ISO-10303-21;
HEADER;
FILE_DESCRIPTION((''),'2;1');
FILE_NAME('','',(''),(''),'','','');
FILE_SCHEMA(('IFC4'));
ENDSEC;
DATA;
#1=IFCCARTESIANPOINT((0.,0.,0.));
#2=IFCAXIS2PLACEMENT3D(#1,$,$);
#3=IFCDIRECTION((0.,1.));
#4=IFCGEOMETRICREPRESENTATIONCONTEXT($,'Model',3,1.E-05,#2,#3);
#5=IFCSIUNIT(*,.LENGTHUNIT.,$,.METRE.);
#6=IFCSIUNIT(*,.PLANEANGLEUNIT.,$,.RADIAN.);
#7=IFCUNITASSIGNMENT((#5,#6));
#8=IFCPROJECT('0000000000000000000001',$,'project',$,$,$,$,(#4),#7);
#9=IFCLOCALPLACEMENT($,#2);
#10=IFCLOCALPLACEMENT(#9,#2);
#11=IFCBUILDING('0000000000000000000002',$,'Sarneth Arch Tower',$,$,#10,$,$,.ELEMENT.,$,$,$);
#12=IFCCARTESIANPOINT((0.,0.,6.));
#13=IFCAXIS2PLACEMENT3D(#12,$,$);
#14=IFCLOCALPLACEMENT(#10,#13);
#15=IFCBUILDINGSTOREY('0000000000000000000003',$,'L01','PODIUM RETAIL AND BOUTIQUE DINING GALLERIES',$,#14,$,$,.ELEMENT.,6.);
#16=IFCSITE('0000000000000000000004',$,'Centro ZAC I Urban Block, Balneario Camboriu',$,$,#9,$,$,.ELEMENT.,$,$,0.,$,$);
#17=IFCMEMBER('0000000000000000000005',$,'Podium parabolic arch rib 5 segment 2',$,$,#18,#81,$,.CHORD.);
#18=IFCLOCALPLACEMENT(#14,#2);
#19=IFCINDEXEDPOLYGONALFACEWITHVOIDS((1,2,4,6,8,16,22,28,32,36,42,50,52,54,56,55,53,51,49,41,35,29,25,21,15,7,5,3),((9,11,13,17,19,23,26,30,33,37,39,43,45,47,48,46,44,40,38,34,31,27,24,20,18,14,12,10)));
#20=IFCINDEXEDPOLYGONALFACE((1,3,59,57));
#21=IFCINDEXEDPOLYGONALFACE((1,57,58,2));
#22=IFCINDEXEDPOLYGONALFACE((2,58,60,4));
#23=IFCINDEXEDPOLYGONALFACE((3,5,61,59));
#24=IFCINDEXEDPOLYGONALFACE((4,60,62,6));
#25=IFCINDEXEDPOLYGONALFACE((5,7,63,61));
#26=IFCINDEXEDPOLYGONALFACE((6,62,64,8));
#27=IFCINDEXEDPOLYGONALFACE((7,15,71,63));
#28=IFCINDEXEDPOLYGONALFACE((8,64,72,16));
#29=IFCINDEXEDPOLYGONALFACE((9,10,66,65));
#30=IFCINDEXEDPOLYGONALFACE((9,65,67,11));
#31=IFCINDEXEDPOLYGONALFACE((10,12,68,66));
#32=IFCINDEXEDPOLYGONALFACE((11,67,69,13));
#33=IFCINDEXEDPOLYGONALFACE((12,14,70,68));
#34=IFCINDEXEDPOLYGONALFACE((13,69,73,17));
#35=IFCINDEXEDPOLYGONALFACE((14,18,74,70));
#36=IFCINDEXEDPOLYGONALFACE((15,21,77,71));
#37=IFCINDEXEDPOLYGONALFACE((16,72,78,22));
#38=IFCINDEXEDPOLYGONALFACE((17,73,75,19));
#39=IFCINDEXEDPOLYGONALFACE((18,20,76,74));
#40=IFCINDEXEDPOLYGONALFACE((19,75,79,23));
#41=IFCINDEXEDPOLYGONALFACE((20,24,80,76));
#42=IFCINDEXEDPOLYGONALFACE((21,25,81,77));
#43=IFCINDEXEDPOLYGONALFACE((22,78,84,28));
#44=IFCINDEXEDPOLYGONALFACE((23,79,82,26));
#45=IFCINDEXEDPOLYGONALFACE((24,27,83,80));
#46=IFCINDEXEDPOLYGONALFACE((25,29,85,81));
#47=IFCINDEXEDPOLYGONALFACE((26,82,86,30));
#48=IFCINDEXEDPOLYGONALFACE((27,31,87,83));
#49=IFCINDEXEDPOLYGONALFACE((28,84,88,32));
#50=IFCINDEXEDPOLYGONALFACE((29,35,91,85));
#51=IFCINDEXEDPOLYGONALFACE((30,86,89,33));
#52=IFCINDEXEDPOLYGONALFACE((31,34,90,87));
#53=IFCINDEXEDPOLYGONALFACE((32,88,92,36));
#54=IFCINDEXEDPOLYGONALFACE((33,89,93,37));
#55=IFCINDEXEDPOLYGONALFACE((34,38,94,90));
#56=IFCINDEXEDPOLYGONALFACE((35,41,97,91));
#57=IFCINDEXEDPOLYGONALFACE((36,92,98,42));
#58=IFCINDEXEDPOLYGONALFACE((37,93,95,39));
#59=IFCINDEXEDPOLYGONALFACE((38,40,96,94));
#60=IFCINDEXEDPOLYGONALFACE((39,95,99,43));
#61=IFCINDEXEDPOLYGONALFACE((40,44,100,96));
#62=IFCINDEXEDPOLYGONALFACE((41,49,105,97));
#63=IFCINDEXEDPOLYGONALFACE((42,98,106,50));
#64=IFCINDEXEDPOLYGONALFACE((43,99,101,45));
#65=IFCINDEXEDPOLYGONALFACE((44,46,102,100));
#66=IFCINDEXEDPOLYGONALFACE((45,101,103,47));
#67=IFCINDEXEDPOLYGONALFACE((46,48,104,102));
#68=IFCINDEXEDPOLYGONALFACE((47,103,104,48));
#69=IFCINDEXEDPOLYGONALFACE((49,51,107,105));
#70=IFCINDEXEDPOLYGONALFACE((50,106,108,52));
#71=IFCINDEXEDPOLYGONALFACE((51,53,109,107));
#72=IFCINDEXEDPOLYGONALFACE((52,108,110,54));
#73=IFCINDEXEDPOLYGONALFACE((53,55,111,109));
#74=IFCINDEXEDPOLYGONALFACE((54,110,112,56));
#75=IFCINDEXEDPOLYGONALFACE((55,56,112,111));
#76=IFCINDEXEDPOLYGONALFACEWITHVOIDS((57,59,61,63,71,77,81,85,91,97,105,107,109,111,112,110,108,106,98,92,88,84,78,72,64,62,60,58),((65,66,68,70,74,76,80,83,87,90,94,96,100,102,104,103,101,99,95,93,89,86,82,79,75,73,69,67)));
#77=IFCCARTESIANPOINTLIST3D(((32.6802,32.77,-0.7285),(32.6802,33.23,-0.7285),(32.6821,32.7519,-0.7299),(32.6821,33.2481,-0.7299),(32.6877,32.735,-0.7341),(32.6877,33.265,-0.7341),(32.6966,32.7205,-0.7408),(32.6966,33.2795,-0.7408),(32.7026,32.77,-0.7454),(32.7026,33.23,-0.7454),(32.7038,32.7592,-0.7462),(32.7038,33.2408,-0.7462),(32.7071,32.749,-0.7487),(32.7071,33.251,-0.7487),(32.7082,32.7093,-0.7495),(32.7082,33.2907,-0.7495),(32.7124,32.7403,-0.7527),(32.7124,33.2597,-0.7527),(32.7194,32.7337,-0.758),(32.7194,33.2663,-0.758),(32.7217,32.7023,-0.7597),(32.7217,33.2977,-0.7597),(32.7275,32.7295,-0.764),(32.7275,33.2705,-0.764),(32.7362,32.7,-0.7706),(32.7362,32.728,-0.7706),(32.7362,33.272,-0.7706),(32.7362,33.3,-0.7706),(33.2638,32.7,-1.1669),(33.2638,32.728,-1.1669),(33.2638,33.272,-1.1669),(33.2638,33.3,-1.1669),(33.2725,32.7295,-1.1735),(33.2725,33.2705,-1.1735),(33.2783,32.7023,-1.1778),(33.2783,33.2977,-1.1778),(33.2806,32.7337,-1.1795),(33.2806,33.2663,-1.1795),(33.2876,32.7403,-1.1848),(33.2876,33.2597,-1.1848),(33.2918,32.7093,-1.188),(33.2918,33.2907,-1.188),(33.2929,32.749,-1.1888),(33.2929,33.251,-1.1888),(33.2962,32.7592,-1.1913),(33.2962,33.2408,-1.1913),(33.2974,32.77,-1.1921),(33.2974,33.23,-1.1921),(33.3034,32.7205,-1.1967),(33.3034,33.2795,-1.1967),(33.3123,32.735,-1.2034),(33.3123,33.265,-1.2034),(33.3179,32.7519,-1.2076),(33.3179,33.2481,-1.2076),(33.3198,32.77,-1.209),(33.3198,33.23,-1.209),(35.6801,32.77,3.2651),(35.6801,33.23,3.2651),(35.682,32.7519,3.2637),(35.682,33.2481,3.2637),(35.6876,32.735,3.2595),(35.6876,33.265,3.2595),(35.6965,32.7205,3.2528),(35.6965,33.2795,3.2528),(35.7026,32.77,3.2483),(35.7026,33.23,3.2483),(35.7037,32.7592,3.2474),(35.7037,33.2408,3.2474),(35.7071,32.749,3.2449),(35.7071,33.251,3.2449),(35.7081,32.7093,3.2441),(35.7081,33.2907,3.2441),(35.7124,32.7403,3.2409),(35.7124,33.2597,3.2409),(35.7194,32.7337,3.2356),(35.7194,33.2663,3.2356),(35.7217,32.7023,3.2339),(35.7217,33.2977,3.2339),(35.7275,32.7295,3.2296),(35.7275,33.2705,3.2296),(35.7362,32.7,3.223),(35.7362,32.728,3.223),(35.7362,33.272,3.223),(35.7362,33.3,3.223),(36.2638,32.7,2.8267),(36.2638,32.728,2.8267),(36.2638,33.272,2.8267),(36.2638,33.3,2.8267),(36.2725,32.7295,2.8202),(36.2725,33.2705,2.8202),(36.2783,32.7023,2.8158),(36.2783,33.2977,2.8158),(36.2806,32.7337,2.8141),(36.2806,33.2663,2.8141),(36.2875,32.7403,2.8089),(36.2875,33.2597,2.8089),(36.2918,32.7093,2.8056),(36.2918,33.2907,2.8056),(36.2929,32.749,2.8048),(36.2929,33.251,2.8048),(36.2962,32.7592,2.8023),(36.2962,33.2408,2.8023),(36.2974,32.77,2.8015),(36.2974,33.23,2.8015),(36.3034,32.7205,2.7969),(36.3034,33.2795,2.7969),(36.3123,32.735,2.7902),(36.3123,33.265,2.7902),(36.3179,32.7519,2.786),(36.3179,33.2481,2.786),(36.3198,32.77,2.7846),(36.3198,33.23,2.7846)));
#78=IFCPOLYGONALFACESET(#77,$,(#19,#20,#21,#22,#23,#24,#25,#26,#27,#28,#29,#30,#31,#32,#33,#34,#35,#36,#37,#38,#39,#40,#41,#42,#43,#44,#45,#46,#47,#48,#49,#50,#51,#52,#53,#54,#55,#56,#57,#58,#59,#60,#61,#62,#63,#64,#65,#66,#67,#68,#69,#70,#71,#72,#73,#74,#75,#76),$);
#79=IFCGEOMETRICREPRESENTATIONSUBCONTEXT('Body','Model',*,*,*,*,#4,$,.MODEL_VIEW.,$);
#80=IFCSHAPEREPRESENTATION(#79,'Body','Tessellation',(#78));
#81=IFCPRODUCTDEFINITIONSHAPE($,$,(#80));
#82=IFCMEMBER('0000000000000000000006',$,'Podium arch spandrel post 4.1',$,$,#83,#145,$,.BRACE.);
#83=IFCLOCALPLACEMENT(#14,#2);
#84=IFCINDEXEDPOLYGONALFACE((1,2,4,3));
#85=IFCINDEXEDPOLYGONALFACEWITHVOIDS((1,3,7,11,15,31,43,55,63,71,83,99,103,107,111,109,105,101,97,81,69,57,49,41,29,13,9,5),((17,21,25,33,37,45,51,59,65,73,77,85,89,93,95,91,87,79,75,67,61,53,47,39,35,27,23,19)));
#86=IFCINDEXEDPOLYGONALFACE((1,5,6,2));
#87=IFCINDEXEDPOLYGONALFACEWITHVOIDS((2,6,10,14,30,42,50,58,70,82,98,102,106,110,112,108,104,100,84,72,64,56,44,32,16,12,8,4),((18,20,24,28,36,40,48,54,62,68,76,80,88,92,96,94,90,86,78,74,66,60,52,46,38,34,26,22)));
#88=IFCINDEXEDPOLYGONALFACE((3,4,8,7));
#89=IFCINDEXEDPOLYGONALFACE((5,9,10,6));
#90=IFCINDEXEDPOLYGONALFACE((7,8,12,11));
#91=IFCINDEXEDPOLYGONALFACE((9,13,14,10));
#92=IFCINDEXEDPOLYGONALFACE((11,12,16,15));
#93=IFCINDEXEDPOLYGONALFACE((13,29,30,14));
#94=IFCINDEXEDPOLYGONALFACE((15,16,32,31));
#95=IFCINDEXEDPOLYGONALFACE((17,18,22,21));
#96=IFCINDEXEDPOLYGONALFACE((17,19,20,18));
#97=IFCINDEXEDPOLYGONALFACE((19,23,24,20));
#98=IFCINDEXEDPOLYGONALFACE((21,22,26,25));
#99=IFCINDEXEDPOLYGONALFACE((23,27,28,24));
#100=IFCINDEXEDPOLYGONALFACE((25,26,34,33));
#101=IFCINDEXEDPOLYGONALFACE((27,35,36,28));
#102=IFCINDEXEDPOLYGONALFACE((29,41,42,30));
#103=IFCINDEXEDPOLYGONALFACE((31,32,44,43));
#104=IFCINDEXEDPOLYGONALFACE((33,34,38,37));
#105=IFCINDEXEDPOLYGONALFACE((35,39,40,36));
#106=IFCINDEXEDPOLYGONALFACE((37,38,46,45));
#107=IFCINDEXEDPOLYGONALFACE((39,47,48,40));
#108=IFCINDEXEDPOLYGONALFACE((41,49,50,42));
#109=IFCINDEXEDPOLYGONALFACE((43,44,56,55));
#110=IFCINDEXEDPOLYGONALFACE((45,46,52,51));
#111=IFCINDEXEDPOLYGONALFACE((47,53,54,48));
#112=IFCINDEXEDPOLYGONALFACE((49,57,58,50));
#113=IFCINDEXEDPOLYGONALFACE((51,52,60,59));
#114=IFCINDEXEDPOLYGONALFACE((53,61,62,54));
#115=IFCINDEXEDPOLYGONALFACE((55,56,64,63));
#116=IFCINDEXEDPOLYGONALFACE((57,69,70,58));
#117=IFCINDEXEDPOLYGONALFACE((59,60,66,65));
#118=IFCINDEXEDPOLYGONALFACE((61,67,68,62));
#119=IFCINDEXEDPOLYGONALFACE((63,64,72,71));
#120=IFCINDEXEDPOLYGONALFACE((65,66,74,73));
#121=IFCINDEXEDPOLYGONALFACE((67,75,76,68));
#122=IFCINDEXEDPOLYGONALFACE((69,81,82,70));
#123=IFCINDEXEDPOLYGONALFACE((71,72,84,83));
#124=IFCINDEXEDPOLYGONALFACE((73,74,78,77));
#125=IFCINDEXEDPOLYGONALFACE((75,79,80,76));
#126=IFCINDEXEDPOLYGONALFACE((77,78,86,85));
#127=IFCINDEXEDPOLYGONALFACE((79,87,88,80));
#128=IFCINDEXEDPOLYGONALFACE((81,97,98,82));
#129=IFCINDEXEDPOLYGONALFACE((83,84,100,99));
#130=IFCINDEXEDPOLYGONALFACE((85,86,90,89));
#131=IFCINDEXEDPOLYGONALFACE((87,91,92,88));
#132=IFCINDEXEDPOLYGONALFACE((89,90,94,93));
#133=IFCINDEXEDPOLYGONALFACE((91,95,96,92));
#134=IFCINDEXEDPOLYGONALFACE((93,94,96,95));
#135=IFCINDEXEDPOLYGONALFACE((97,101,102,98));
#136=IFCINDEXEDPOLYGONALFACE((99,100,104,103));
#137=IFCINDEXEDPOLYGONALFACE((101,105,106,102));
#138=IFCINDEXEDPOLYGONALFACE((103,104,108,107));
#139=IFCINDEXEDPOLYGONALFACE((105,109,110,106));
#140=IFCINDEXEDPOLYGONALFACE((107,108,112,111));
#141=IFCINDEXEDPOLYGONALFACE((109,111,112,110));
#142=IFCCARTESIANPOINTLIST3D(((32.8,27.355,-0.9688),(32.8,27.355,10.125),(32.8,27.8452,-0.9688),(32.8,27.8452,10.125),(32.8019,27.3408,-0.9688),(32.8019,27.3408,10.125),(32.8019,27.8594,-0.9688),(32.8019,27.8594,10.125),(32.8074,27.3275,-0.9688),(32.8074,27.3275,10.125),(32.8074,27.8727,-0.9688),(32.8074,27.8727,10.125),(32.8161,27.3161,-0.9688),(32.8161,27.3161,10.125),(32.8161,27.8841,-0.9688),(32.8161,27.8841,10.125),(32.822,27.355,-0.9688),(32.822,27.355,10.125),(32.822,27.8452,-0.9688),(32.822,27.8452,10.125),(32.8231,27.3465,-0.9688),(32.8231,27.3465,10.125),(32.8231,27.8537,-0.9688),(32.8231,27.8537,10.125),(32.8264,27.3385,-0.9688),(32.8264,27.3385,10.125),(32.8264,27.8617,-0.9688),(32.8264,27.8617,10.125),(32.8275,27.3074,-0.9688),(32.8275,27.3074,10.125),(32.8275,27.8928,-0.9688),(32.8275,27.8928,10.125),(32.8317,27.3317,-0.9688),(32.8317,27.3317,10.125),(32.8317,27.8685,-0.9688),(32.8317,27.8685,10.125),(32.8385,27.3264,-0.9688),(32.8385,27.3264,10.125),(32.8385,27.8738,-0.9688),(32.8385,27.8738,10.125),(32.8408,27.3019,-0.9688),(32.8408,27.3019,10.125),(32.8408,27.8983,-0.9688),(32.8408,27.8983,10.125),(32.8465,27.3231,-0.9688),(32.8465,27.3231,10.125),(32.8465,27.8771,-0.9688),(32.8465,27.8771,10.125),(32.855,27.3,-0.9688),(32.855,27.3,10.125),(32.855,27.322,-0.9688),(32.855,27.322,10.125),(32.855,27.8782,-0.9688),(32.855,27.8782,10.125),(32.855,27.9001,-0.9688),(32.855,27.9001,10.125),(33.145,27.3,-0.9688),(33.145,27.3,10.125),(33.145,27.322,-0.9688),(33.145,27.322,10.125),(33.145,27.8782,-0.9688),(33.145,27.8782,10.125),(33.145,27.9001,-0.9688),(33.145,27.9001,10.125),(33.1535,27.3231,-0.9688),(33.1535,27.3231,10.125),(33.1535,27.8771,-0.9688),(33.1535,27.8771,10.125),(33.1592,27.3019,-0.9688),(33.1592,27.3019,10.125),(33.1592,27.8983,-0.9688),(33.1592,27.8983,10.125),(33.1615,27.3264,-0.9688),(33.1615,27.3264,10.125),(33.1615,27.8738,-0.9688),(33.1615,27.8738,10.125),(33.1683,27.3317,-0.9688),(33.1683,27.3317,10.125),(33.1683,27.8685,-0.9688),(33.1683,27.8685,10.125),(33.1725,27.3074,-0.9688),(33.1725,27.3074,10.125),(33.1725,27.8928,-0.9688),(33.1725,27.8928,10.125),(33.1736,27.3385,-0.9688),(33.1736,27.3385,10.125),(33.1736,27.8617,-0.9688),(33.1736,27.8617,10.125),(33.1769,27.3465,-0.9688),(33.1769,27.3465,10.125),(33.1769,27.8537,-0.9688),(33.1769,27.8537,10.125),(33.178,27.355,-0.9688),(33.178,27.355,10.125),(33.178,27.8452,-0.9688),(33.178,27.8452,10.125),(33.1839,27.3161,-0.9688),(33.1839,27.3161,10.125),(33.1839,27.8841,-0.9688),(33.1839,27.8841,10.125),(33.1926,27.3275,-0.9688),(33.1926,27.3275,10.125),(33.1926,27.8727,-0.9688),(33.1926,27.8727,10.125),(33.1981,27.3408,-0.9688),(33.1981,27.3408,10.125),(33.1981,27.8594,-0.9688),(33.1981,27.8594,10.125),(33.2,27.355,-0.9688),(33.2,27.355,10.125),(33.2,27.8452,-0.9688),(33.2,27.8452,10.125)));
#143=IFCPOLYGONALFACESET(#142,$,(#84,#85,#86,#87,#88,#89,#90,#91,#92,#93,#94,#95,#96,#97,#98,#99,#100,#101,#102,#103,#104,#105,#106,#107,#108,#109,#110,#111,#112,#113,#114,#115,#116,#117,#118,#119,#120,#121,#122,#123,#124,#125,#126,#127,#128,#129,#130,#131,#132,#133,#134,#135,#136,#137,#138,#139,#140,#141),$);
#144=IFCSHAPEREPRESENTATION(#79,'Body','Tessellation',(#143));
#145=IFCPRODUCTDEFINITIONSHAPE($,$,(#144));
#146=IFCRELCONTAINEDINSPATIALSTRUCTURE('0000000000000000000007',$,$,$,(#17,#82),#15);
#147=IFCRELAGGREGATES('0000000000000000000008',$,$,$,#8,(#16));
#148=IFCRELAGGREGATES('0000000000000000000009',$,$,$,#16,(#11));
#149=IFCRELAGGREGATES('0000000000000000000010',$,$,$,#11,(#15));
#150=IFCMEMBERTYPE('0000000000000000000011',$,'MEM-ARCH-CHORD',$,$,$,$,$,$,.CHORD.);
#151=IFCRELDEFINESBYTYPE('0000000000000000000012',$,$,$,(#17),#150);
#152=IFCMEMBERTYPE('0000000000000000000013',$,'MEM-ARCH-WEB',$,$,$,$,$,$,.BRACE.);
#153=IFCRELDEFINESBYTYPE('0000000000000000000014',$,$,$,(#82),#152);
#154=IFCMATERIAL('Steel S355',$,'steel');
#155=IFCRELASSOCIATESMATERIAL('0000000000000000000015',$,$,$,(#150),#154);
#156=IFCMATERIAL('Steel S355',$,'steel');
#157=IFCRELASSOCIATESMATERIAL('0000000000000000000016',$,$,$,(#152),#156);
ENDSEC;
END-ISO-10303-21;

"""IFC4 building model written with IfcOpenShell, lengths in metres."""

from ifc_helpers import new_model, si_unit, direction, frame, origin, origin_2d, place, context, subcontext, project, spatial, hollow_rectangle, extrude, material, material_profile, profile_set, type_object, element, save


model = new_model("IFC4")

# Units and contexts
model_context = context("Model", 3, precision=1e-05, world=origin(), true_north=direction((0.0, 1.0)))
body_context = subcontext(model_context, "Body", "Model", "MODEL_VIEW")
ifc_project = project(units=[si_unit("LENGTHUNIT", "METRE"), si_unit("PLANEANGLEUNIT", "RADIAN")], contexts=[model_context])

# Site, building, storey
site_placement = place(None, origin())
site = spatial("IfcSite", under=ifc_project, at=site_placement, Name="Centro ZAC I Urban Block, Balneario Camboriu", CompositionType="ELEMENT", RefElevation=0.0)
building_placement = place(site_placement, origin())
building = spatial("IfcBuilding", under=site, at=building_placement, Name="Sarneth Arch Tower", CompositionType="ELEMENT")
storey_placement = place(building_placement, frame((0.0, 0.0, 6.0)))
storey = spatial("IfcBuildingStorey", under=building, at=storey_placement, Name="L01", Description="PODIUM RETAIL AND BOUTIQUE DINING GALLERIES", CompositionType="ELEMENT", Elevation=6.0)

# Members
ifc_material_1 = material(Name="Steel S355", Category="steel")
ifc_material_profile_1 = material_profile(ifc_material_1, hollow_rectangle(XDim=0.6001, YDim=0.8, WallThickness=0.0281, InnerFilletRadius=0.042, OuterFilletRadius=0.0701, at=origin_2d()), Name="RHS800x600x28")
ifc_profile_set_1 = profile_set([ifc_material_profile_1], Name="Steel S355")
member_type_1 = type_object("IfcMemberType", Name="MEM-ARCH-CHORD", PredefinedType="CHORD", material=ifc_profile_set_1)
for number, where, z_axis, x_axis, name in (
    (1, (33.0, 33.0, -0.9688), (0.60061, 0.0, 0.799542), (0.0, 1.0, 0.0), "Podium parabolic arch rib 5 segment 2"),
):
    element("IfcMember", number, at=place(storey_placement, frame(where, z_axis=z_axis, x_axis=x_axis)), inside=storey, type_object=member_type_1, Name=name, PredefinedType="CHORD", context=body_context, shape_type="SweptSolid", body=[
        extrude(hollow_rectangle(XDim=0.6001, YDim=0.8, WallThickness=0.0281, InnerFilletRadius=0.042, OuterFilletRadius=0.0701, at=origin_2d()), origin(), (0.0, 0.0, 1.0), 4.9949),
    ])
ifc_material_2 = material(Name="Steel S355", Category="steel")
ifc_material_profile_2 = material_profile(ifc_material_2, hollow_rectangle(XDim=0.3999, YDim=0.6001, WallThickness=0.022, InnerFilletRadius=0.033, OuterFilletRadius=0.0549, at=origin_2d()), Name="RHS600x400x22")
ifc_profile_set_2 = profile_set([ifc_material_profile_2], Name="Steel S355")
member_type_2 = type_object("IfcMemberType", Name="MEM-ARCH-WEB", PredefinedType="BRACE", material=ifc_profile_set_2)
for number, where, z_axis, x_axis, name in (
    (2, (33.0, 27.6001, -0.9688), (0.0, 0.0, 1.0), (1.0, 0.0, 0.0), "Podium arch spandrel post 4.1"),
):
    element("IfcMember", number, at=place(storey_placement, frame(where, z_axis=z_axis, x_axis=x_axis)), inside=storey, type_object=member_type_2, Name=name, PredefinedType="BRACE", context=body_context, shape_type="SweptSolid", body=[
        extrude(hollow_rectangle(XDim=0.3999, YDim=0.6001, WallThickness=0.022, InnerFilletRadius=0.033, OuterFilletRadius=0.0549, at=origin_2d()), origin(), (0.0, 0.0, 1.0), 11.0938),
    ])

save(model, "model.ifc")
